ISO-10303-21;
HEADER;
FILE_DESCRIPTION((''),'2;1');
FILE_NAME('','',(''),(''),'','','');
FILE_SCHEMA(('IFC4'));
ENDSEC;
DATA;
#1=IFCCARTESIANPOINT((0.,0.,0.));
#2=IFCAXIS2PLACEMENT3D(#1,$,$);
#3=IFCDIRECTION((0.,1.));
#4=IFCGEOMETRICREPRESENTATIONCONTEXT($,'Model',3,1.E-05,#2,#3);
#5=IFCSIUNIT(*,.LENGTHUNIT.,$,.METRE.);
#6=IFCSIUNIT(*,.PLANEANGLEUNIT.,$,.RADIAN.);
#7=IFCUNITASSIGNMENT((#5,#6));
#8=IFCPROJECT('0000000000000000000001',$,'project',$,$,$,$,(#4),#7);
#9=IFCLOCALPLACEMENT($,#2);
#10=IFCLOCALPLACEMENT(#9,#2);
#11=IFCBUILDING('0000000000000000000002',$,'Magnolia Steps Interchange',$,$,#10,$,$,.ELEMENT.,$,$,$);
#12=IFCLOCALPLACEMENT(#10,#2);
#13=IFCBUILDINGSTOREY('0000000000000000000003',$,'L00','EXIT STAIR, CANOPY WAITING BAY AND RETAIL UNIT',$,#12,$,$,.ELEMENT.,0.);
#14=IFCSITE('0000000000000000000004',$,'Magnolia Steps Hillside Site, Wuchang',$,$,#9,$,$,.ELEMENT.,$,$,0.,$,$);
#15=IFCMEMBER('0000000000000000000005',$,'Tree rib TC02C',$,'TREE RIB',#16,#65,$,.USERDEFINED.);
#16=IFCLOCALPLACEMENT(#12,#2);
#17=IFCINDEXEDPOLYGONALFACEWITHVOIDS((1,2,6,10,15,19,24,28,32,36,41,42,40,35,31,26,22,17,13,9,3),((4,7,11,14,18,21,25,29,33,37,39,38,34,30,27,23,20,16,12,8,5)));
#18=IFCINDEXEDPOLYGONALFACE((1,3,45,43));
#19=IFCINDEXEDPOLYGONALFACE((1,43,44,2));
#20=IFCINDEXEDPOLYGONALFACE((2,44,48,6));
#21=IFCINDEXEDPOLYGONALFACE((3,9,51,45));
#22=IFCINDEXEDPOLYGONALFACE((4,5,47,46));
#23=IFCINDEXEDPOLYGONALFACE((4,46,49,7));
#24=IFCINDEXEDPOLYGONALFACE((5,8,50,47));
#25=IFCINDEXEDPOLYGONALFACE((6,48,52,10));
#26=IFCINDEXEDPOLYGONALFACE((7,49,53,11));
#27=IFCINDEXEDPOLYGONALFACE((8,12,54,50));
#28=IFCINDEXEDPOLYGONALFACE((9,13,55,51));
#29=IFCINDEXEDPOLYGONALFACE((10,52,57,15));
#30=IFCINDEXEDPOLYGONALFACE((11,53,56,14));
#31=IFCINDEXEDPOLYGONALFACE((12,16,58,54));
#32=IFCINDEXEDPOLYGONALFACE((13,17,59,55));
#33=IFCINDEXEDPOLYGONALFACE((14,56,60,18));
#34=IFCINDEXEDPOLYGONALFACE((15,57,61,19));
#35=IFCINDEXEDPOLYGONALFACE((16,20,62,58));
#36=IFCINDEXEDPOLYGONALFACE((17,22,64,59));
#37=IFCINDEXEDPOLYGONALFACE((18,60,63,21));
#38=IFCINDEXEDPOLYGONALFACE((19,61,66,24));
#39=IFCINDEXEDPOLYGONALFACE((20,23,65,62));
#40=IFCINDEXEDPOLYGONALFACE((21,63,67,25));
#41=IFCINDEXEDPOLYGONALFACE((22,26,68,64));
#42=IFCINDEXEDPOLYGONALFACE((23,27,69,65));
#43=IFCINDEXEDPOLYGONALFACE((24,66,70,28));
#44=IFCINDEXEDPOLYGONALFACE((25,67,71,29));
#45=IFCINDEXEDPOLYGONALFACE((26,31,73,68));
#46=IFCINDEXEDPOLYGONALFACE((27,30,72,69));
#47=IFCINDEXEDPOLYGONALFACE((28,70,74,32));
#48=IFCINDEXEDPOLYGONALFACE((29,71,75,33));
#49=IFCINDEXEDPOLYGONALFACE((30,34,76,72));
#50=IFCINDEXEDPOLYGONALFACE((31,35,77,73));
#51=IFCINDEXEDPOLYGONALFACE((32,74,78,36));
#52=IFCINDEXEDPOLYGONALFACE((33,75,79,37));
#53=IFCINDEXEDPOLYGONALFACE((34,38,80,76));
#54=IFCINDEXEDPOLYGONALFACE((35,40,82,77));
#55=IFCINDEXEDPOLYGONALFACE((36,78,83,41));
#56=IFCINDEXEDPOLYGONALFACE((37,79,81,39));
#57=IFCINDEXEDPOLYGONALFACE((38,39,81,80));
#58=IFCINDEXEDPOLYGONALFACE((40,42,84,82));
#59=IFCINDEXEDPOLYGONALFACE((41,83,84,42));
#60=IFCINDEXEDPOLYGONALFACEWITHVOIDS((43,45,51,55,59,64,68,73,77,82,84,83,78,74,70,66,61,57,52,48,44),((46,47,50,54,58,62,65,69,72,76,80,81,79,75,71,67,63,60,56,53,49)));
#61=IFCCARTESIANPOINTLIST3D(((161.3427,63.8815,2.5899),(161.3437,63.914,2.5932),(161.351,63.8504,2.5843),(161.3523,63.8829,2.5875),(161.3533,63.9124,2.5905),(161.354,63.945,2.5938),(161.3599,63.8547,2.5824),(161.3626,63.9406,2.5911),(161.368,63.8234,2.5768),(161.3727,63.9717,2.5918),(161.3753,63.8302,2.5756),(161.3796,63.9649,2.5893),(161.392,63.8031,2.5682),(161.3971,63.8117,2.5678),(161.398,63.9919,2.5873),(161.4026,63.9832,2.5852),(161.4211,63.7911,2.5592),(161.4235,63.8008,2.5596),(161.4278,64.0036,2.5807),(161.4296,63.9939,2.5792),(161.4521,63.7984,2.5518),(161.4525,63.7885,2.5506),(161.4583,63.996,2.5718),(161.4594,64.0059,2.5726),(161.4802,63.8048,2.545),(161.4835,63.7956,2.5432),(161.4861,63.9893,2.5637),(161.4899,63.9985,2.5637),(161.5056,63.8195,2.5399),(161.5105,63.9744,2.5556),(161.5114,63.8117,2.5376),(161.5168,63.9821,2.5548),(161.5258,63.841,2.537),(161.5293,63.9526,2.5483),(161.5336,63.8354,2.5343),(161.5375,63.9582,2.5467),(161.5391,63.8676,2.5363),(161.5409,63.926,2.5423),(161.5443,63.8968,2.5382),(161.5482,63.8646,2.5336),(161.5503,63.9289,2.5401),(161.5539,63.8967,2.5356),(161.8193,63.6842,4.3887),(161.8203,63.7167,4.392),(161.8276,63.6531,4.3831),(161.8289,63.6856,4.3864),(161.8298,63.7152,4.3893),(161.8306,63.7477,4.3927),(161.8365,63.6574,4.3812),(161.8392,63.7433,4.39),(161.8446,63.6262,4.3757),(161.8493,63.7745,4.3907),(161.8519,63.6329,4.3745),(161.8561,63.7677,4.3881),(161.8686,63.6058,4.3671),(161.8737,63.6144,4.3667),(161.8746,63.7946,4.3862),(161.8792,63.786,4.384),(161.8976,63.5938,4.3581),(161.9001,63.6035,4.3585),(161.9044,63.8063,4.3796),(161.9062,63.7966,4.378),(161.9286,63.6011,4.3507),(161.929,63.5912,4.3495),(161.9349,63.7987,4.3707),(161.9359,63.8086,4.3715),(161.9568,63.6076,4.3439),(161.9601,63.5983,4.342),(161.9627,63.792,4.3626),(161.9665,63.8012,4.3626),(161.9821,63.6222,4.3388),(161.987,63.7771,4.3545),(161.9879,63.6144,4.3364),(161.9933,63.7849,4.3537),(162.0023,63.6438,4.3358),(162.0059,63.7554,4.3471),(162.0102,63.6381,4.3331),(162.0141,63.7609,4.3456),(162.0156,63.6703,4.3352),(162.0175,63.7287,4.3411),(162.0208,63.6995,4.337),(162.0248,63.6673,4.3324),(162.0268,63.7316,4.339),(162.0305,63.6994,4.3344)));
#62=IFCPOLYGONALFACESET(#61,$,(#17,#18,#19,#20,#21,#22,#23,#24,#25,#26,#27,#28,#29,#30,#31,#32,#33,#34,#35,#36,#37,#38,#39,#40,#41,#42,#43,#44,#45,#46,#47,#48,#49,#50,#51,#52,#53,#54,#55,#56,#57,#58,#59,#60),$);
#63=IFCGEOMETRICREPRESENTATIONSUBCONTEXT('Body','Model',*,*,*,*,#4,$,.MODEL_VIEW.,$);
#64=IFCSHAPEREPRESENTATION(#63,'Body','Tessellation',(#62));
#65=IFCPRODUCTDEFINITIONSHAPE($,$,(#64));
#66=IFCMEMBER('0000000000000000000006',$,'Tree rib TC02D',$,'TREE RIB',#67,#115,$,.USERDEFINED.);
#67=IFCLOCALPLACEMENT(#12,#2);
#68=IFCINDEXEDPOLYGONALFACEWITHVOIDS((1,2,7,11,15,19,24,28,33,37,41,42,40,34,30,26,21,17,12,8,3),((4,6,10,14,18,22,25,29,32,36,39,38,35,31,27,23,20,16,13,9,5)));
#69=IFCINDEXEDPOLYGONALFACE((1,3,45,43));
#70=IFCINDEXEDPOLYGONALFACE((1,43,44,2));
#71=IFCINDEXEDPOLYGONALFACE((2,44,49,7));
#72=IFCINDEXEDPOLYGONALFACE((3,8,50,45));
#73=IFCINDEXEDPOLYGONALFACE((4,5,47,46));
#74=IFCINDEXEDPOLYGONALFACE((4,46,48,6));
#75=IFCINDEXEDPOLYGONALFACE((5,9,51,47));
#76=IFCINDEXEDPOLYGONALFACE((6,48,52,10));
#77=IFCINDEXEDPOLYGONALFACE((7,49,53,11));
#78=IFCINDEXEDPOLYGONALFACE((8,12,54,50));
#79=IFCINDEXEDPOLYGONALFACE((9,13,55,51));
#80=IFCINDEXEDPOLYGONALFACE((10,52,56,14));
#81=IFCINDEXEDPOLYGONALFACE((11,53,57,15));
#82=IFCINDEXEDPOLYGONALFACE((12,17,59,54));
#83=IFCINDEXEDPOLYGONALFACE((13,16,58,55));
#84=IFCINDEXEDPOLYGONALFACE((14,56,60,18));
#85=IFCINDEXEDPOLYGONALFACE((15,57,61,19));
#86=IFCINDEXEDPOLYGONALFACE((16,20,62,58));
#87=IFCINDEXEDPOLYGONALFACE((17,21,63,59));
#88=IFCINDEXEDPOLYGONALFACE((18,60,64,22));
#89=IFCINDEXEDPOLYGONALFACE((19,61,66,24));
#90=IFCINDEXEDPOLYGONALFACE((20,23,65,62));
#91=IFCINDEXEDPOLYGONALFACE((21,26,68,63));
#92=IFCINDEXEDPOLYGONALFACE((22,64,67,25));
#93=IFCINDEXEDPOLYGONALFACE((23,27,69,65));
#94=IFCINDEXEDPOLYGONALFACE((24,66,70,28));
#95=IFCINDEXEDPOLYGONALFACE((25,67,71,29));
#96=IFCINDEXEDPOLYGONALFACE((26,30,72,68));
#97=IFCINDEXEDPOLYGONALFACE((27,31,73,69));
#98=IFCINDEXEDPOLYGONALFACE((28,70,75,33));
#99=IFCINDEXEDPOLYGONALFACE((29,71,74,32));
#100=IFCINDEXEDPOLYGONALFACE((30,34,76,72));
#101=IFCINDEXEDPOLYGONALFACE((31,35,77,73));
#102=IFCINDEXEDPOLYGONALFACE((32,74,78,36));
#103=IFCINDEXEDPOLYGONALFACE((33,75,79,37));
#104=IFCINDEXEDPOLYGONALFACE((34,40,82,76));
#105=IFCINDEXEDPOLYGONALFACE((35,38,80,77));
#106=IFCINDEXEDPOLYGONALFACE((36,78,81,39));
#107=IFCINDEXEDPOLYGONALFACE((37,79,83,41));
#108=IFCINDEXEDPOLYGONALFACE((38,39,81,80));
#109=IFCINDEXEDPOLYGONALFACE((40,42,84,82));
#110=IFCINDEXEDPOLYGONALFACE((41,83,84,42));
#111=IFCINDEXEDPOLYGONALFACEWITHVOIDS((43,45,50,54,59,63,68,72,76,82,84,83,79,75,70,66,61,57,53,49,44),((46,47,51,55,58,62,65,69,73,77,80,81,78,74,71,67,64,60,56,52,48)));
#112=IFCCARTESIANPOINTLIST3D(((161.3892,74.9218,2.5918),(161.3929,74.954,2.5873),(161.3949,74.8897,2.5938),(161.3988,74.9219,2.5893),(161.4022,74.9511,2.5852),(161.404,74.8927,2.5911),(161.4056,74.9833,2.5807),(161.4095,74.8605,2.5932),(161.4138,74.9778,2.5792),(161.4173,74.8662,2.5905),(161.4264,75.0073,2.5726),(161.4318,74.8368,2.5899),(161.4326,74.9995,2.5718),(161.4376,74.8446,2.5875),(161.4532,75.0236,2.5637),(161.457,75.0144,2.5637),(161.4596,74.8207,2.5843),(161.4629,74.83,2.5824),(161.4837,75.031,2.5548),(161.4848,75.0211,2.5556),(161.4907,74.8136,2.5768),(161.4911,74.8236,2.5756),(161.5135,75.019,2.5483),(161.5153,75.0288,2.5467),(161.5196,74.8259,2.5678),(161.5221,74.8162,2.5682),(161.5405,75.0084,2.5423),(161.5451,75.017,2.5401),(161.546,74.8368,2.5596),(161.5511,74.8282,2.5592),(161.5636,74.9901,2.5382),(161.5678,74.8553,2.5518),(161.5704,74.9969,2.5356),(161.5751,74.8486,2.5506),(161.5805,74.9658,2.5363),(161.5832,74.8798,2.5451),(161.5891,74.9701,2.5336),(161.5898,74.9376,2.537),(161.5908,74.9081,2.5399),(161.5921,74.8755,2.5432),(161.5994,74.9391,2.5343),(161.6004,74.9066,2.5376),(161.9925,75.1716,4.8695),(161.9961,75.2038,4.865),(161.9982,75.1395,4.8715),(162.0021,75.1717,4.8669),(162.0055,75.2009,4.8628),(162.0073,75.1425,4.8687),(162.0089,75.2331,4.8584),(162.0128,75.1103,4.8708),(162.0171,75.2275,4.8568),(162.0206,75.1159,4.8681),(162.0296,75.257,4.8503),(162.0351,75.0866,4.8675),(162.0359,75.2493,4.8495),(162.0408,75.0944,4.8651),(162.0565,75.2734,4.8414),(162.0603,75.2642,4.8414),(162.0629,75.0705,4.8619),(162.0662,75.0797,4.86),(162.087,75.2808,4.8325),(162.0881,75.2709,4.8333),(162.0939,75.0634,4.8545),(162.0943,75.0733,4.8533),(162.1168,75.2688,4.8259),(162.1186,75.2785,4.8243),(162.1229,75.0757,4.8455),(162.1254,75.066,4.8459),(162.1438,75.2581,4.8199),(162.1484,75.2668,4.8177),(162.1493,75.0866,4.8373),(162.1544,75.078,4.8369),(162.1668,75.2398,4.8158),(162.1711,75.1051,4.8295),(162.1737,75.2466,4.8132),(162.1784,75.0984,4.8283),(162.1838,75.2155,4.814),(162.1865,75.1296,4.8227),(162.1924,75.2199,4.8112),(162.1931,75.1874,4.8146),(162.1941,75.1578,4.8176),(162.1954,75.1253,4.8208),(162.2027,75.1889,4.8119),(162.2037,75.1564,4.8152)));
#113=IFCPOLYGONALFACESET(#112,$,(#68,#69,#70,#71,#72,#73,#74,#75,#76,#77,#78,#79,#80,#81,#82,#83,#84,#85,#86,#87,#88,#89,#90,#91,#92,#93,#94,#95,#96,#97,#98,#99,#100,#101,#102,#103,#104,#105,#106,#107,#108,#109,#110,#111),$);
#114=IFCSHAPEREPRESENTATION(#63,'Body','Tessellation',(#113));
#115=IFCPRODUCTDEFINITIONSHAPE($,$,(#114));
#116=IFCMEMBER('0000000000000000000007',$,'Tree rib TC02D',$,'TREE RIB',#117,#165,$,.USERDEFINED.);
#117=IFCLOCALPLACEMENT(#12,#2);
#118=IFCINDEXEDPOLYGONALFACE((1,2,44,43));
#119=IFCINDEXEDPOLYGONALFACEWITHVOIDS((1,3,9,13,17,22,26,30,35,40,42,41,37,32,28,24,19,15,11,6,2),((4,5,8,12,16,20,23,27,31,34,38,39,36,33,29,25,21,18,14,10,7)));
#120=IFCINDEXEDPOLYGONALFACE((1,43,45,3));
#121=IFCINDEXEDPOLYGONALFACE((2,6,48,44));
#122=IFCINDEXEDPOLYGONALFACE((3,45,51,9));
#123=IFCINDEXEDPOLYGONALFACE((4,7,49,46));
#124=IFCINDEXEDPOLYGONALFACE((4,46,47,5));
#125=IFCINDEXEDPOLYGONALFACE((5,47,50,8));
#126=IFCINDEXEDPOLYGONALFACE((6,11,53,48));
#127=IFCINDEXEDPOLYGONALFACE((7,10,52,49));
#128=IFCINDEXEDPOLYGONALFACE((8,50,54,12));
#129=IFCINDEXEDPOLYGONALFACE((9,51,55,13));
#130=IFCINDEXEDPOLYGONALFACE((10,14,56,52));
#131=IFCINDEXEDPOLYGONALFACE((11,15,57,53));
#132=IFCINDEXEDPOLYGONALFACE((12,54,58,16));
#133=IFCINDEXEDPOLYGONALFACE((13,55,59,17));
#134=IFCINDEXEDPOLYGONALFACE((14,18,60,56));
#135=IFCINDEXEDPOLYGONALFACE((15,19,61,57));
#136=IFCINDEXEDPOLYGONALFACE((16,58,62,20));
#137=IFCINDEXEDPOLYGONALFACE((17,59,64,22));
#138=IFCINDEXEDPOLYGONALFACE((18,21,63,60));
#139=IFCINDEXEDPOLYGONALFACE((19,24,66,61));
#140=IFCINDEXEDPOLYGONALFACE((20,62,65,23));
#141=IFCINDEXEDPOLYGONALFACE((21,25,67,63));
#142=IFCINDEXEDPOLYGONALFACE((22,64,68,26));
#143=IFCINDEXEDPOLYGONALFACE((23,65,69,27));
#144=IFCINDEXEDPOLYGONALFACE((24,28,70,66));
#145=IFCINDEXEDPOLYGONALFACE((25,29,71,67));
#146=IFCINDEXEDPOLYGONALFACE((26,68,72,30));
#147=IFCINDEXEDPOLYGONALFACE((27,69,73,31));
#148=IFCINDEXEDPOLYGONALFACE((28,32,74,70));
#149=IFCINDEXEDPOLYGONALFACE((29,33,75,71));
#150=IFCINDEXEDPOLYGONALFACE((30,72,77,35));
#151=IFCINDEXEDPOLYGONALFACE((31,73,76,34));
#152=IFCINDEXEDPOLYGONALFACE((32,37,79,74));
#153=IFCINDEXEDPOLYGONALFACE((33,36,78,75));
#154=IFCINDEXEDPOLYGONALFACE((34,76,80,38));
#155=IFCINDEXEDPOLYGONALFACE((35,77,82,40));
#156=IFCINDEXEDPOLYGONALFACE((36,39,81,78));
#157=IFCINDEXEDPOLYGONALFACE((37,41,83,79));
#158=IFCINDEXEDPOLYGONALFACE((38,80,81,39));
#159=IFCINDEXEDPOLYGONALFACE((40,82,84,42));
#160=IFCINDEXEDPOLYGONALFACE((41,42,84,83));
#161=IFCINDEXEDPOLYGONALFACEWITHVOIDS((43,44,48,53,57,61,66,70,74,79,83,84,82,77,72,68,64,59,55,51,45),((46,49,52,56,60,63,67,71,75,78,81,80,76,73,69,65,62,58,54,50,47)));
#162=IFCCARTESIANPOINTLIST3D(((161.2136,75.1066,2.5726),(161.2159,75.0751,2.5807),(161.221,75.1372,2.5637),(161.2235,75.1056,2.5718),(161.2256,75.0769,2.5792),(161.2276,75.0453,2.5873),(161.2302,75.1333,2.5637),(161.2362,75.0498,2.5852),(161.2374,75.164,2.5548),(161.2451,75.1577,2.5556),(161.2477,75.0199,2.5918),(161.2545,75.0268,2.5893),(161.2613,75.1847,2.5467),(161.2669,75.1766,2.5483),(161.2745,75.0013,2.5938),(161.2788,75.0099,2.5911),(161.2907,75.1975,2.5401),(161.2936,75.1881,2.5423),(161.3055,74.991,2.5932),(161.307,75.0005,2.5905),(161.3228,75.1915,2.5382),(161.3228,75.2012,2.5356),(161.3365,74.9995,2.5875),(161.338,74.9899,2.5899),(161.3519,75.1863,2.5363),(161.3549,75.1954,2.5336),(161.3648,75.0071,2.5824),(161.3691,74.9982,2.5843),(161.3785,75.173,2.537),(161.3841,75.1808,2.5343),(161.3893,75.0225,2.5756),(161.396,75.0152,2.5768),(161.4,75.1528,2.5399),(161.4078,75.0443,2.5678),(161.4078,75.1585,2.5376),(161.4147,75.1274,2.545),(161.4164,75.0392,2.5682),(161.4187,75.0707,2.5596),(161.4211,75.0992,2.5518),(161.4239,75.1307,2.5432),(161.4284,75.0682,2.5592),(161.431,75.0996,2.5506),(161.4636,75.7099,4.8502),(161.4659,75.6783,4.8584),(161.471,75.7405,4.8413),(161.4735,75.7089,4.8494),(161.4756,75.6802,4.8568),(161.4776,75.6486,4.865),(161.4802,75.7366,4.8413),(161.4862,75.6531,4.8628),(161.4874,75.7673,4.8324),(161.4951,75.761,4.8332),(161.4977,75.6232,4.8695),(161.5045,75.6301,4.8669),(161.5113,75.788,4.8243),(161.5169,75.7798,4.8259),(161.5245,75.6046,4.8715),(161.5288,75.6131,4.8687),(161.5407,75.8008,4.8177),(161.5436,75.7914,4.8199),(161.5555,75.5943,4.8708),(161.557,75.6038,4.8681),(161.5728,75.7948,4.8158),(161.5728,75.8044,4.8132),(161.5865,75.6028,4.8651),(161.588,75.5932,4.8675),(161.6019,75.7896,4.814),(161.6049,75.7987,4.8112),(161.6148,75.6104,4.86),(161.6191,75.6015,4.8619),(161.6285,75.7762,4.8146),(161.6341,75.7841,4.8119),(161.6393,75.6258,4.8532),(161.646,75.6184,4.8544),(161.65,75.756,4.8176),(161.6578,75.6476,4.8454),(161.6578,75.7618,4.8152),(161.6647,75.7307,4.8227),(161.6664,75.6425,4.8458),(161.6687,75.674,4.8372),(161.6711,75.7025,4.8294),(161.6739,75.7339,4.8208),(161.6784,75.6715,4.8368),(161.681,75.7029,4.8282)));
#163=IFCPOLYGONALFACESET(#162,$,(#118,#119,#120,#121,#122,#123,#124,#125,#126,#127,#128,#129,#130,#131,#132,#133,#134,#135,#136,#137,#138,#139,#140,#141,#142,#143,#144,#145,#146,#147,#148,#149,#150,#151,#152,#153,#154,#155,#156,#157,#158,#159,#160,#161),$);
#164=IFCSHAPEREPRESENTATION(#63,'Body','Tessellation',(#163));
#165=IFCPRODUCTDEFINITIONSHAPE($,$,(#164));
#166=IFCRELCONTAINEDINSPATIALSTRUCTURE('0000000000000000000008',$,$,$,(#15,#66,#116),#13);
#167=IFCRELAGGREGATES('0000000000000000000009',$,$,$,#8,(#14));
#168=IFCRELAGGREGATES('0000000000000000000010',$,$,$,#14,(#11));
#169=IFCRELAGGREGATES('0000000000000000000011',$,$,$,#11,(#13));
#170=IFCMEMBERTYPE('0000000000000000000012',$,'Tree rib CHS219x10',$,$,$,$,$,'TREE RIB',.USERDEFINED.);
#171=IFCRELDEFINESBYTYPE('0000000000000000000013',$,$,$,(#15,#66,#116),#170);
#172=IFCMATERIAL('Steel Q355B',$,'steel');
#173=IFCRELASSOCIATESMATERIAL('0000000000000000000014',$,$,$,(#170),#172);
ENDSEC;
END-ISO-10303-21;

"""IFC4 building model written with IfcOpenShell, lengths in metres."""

from ifc_helpers import new_model, si_unit, direction, frame, origin, origin_2d, place, context, subcontext, project, spatial, hollow_circle, extrude, material, material_profile, profile_set, type_object, element, save


model = new_model("IFC4")

# Units and contexts
model_context = context("Model", 3, precision=1e-05, world=origin(), true_north=direction((0.0, 1.0)))
body_context = subcontext(model_context, "Body", "Model", "MODEL_VIEW")
ifc_project = project(units=[si_unit("LENGTHUNIT", "METRE"), si_unit("PLANEANGLEUNIT", "RADIAN")], contexts=[model_context])

# Site, building, storey
site_placement = place(None, origin())
site = spatial("IfcSite", under=ifc_project, at=site_placement, Name="Magnolia Steps Hillside Site, Wuchang", CompositionType="ELEMENT", RefElevation=0.0)
building_placement = place(site_placement, origin())
building = spatial("IfcBuilding", under=site, at=building_placement, Name="Magnolia Steps Interchange", CompositionType="ELEMENT")
storey_placement = place(building_placement, origin())
storey = spatial("IfcBuildingStorey", under=building, at=storey_placement, Name="L00", Description="EXIT STAIR, CANOPY WAITING BAY AND RETAIL UNIT", CompositionType="ELEMENT", Elevation=0.0)

# Members
ifc_material_1 = material(Name="Steel Q355B", Category="steel")
ifc_material_profile_1 = material_profile(ifc_material_1, hollow_circle(Radius=0.1096, WallThickness=0.01, at=origin_2d()), Name="CHS219x10")
ifc_profile_set_1 = profile_set([ifc_material_profile_1], Name="Steel Q355B")
member_type = type_object("IfcMemberType", Name="Tree rib CHS219x10", ElementType="TREE RIB", PredefinedType="USERDEFINED", material=ifc_profile_set_1)
for number, where, z_axis, x_axis, name in (
    (1, (161.448, 63.8972, 2.5637), (0.254668, -0.105416, 0.961266), (0.382463, 0.923971, 0.0), "Tree rib TC02C"),
):
    element("IfcMember", number, at=place(storey_placement, frame(where, z_axis=z_axis, x_axis=x_axis)), inside=storey, type_object=member_type, Name=name, ObjectType="TREE RIB", PredefinedType="USERDEFINED", context=body_context, shape_type="SweptSolid", body=[
        extrude(hollow_circle(Radius=0.1096, WallThickness=0.01, at=origin_2d()), origin(), (0.0, 0.0, 1.0), 1.8713),
    ])
for number, where, z_axis, x_axis, name in (
    (2, (161.4951, 74.9224, 2.5637), (0.254617, 0.105412, 0.96128), (-0.382517, 0.923948, 0.0), "Tree rib TC02D"),
    (3, (161.3223, 75.0952, 2.5637), (0.105514, 0.254614, 0.961269), (-0.923816, 0.382836, 0.0), "Tree rib TC02D"),
):
    element("IfcMember", number, at=place(storey_placement, frame(where, z_axis=z_axis, x_axis=x_axis)), inside=storey, type_object=member_type, Name=name, ObjectType="TREE RIB", PredefinedType="USERDEFINED", context=body_context, shape_type="SweptSolid", body=[
        extrude(hollow_circle(Radius=0.1096, WallThickness=0.01, at=origin_2d()), origin(), (0.0, 0.0, 1.0), 2.3694),
    ])

save(model, "model.ifc")
